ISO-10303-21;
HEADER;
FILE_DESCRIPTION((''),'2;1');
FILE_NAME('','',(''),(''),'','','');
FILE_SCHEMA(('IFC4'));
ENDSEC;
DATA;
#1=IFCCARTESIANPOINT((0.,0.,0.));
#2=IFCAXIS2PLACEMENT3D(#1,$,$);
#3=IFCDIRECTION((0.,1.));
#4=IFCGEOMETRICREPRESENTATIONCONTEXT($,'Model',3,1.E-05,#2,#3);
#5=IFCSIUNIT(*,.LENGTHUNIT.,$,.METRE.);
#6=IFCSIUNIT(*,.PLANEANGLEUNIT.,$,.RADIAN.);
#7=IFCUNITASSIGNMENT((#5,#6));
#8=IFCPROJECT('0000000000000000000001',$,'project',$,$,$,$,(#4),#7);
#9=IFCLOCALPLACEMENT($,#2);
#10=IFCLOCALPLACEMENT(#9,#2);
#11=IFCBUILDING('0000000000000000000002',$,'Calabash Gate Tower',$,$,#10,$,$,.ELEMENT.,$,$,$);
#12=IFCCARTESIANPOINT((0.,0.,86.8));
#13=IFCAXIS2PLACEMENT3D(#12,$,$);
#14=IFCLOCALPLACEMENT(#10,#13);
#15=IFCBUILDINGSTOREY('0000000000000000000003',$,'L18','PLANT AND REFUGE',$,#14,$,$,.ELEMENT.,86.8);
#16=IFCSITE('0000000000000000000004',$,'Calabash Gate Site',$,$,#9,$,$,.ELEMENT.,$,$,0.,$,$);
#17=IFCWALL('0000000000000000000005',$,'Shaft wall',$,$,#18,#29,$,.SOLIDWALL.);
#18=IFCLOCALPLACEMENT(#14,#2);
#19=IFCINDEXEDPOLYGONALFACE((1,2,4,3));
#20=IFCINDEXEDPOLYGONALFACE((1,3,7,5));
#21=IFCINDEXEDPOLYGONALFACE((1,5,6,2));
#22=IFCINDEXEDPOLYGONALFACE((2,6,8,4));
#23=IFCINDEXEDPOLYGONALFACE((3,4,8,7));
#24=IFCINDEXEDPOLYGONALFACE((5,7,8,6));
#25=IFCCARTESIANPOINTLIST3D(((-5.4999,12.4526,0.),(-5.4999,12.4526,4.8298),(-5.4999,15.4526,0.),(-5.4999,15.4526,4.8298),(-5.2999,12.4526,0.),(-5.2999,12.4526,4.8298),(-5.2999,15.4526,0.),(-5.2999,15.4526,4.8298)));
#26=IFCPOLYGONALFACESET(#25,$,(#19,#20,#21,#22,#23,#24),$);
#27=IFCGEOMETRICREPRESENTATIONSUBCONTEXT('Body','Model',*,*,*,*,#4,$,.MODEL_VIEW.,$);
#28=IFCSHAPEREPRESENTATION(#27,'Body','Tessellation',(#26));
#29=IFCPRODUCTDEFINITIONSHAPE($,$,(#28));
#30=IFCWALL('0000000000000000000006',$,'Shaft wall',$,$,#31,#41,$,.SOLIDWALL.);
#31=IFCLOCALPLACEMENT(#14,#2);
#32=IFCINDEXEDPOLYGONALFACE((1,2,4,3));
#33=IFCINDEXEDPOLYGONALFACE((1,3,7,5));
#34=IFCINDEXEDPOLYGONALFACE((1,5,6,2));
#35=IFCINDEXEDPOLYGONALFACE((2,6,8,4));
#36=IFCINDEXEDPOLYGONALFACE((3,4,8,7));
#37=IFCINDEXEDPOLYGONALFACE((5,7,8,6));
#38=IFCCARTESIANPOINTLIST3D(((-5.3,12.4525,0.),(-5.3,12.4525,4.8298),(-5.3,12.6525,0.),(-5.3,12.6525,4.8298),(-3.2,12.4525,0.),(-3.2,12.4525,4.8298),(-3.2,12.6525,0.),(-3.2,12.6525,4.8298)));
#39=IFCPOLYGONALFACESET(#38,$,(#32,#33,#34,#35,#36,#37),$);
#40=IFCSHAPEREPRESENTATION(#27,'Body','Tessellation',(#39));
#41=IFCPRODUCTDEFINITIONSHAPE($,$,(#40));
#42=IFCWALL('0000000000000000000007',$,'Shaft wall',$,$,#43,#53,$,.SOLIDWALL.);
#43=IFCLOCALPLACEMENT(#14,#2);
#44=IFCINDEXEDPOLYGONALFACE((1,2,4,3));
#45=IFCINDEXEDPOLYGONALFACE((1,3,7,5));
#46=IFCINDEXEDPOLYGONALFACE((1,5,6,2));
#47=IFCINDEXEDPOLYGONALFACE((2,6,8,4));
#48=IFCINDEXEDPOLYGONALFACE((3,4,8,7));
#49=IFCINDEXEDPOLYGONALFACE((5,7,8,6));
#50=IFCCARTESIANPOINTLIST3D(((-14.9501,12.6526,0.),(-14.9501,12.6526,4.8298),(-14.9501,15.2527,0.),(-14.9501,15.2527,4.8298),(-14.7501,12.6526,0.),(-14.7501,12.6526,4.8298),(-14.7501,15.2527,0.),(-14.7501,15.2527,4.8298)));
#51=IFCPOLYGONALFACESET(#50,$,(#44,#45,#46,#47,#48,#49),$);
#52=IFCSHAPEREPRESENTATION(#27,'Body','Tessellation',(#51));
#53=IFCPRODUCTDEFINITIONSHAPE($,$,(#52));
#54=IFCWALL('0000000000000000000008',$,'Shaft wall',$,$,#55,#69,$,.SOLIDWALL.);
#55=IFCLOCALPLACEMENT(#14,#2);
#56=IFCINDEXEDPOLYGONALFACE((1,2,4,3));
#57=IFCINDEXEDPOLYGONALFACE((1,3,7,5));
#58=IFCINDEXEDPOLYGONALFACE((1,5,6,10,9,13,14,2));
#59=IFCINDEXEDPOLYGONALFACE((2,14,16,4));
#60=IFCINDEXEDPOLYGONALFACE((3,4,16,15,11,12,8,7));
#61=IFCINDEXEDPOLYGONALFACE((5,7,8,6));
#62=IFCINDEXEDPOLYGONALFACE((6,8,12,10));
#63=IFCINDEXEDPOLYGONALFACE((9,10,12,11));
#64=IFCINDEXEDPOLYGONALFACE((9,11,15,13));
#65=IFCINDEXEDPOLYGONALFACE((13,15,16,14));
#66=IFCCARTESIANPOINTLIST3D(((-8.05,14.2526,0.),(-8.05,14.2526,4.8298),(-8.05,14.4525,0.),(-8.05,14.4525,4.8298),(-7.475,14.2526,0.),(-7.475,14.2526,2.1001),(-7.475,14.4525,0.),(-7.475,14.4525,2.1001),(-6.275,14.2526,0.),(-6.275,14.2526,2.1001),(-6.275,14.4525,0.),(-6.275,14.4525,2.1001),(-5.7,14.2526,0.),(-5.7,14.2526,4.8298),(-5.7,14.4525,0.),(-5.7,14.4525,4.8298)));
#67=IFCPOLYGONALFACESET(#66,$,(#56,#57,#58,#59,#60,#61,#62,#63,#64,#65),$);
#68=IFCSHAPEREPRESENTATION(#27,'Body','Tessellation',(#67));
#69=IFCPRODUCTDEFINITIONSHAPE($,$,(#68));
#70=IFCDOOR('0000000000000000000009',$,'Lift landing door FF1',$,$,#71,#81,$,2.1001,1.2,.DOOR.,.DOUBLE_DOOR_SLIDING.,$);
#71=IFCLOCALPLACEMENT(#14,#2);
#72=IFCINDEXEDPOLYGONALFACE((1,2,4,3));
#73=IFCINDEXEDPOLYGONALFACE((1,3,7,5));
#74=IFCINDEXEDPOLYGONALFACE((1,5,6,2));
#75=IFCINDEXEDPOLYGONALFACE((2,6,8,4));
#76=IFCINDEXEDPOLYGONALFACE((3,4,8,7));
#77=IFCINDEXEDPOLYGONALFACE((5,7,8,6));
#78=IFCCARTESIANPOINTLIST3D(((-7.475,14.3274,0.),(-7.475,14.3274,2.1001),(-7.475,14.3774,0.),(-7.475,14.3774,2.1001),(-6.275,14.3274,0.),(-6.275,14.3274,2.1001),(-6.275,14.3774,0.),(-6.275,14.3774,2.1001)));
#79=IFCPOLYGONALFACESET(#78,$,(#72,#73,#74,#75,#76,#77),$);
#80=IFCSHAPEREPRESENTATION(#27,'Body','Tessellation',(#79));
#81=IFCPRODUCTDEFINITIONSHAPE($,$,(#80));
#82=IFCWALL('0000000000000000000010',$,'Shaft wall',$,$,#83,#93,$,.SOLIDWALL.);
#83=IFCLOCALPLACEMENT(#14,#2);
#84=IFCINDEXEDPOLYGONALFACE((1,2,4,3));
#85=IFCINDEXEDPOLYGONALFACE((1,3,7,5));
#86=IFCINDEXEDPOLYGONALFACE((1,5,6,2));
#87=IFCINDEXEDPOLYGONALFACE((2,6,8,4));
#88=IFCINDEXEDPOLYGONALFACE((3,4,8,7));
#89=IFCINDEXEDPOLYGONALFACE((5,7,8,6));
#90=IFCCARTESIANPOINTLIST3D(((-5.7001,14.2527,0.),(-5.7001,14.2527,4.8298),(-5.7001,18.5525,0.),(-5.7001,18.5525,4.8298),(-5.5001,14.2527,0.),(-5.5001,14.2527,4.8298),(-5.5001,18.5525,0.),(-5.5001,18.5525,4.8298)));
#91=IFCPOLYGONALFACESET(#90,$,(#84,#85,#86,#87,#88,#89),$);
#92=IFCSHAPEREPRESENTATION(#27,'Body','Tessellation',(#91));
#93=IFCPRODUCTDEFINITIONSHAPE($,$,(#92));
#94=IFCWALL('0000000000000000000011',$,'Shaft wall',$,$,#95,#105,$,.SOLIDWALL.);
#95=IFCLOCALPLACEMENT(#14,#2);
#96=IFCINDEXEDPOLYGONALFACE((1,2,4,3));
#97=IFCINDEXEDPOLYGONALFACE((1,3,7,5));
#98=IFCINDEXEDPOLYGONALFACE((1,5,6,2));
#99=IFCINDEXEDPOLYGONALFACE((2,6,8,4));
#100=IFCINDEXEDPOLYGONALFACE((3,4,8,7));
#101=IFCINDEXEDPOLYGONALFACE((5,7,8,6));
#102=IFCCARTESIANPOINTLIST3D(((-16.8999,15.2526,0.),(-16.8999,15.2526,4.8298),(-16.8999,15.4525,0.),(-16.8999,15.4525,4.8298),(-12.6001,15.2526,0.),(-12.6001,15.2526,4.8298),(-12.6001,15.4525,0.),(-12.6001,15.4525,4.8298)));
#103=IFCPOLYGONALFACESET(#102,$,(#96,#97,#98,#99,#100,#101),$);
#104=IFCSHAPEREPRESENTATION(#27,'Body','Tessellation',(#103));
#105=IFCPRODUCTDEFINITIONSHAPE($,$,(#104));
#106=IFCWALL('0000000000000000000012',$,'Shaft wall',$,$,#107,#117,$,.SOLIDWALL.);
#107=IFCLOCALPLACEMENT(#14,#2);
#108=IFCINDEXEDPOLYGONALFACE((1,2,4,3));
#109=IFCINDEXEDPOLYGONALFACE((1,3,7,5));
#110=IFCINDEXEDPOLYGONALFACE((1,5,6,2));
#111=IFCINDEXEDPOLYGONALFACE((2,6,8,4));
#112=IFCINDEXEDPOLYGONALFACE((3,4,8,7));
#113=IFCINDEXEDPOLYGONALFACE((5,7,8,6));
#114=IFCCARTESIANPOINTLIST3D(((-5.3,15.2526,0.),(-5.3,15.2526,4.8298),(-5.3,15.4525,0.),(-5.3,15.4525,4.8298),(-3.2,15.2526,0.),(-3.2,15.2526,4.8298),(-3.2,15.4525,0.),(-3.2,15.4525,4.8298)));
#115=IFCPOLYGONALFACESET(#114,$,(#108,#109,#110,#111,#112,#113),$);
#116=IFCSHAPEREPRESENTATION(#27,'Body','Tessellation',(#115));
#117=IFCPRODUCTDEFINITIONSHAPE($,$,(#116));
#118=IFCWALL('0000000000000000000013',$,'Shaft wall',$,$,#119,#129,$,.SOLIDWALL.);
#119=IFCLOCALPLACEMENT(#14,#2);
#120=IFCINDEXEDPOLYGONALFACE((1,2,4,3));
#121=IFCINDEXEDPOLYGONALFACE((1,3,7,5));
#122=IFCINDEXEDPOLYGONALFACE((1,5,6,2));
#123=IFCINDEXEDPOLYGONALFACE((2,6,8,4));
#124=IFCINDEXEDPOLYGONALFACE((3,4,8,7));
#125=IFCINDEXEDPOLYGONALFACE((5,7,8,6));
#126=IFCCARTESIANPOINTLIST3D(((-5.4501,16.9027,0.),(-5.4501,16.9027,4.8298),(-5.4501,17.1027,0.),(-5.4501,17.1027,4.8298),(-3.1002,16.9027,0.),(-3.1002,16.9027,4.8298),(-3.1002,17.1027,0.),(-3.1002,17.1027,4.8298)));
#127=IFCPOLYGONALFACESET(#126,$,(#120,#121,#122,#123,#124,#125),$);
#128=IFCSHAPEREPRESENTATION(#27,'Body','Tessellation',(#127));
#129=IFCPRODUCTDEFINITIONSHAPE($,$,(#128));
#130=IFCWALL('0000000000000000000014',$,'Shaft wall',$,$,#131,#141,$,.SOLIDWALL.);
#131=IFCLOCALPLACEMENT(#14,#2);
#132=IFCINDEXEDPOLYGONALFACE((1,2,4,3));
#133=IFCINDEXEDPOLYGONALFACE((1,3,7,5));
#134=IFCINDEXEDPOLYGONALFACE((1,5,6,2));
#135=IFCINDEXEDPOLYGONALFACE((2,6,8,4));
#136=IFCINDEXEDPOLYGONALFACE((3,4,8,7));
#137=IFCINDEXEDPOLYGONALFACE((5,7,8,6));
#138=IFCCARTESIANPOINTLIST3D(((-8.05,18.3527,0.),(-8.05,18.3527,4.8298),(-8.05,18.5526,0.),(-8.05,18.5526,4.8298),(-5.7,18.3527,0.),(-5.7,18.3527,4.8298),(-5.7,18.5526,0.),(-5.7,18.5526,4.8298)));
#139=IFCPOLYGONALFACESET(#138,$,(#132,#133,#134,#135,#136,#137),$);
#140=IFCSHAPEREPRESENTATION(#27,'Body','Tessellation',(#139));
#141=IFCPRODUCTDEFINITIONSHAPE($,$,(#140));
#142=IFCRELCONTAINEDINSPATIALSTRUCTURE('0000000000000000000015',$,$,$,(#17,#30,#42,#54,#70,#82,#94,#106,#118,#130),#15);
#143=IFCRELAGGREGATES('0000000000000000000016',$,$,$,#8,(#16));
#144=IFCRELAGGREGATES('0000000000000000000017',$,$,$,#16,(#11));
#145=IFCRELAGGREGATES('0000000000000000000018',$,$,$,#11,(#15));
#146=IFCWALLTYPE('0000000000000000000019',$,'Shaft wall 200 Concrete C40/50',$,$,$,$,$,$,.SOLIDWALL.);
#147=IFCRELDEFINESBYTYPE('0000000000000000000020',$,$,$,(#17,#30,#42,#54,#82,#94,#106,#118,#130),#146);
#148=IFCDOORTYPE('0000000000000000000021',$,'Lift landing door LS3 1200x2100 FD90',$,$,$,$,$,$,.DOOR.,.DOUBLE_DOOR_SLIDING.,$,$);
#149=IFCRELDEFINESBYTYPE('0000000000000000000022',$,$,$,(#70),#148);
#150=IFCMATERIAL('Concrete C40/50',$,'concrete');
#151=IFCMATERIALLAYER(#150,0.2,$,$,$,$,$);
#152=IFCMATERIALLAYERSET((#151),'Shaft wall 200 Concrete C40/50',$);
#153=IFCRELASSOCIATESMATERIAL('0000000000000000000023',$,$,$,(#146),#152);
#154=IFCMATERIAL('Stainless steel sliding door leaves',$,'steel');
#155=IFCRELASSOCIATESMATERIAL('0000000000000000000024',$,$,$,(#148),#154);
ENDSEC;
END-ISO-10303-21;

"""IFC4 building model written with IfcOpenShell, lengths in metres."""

from ifc_helpers import new_model, si_unit, direction, frame, frame_2d, origin, place, context, subcontext, project, spatial, rectangle, extrude, material, layer, layer_set, type_object, element, fill, save


model = new_model("IFC4")

# Units and contexts
model_context = context("Model", 3, precision=1e-05, world=origin(), true_north=direction((0.0, 1.0)))
body_context = subcontext(model_context, "Body", "Model", "MODEL_VIEW")
ifc_project = project(units=[si_unit("LENGTHUNIT", "METRE"), si_unit("PLANEANGLEUNIT", "RADIAN")], contexts=[model_context])

# Site, building, storey
site_placement = place(None, origin())
site = spatial("IfcSite", under=ifc_project, at=site_placement, Name="Calabash Gate Site", CompositionType="ELEMENT", RefElevation=0.0)
building_placement = place(site_placement, origin())
building = spatial("IfcBuilding", under=site, at=building_placement, Name="Calabash Gate Tower", CompositionType="ELEMENT")
storey_placement = place(building_placement, frame((0.0, 0.0, 86.8)))
storey = spatial("IfcBuildingStorey", under=building, at=storey_placement, Name="L18", Description="PLANT AND REFUGE", CompositionType="ELEMENT", Elevation=86.8)

# Shared definitions
ifc_material_1 = material(Name="Concrete C40/50", Category="concrete")
ifc_layer_1 = layer(ifc_material_1, 0.2)
ifc_layer_set_1 = layer_set([ifc_layer_1], Name="Shaft wall 200 Concrete C40/50")
wall_type_1 = type_object("IfcWallType", Name="Shaft wall 200 Concrete C40/50", PredefinedType="SOLIDWALL", material=ifc_layer_set_1)

# Walls
wall_1_placement = place(storey_placement, frame((-5.3999, 12.4526, 0.0), z_axis=(0.0, 0.0, 1.0), x_axis=(0.0, 1.0, 0.0)))
element("IfcWall", 1, at=wall_1_placement, inside=storey, type_object=wall_type_1, Name="Shaft wall", PredefinedType="SOLIDWALL", context=body_context, shape_type="SweptSolid", body=[
    extrude(rectangle(XDim=3.0, YDim=0.2, at=frame_2d((1.5, 0.0))), origin(), (0.0, 0.0, 1.0), 4.8298),
])
wall_2_placement = place(storey_placement, frame((-5.3, 12.5525, 0.0), z_axis=(0.0, 0.0, 1.0), x_axis=(1.0, 0.0, 0.0)))
element("IfcWall", 2, at=wall_2_placement, inside=storey, type_object=wall_type_1, Name="Shaft wall", PredefinedType="SOLIDWALL", context=body_context, shape_type="SweptSolid", body=[
    extrude(rectangle(XDim=2.1001, YDim=0.2, at=frame_2d((1.05, 0.0))), origin(), (0.0, 0.0, 1.0), 4.8298),
])
wall_3_placement = place(storey_placement, frame((-14.8501, 12.6526, 0.0), z_axis=(0.0, 0.0, 1.0), x_axis=(0.0, 1.0, 0.0)))
element("IfcWall", 3, at=wall_3_placement, inside=storey, type_object=wall_type_1, Name="Shaft wall", PredefinedType="SOLIDWALL", context=body_context, shape_type="SweptSolid", body=[
    extrude(rectangle(XDim=2.6001, YDim=0.2, at=frame_2d((1.3, 0.0))), origin(), (0.0, 0.0, 1.0), 4.8298),
])

# Wall, opening, door
wall_4_placement = place(storey_placement, frame((-8.05, 14.3525, 0.0), z_axis=(0.0, 0.0, 1.0), x_axis=(1.0, 0.0, 0.0)))
wall_4 = element("IfcWall", 4, at=wall_4_placement, inside=storey, type_object=wall_type_1, Name="Shaft wall", PredefinedType="SOLIDWALL", context=body_context, shape_type="SweptSolid", body=[
    extrude(rectangle(XDim=2.3501, YDim=0.2, at=frame_2d((1.175, 0.0))), origin(), (0.0, 0.0, 1.0), 4.8298),
])
opening_1_placement = place(wall_4_placement, frame((0.575, 0.0, 0.0)))
opening_1 = element("IfcOpeningElement", 5, at=opening_1_placement, cuts=wall_4, PredefinedType="OPENING", context=body_context, shape_type="SweptSolid", body=[
    extrude(rectangle(XDim=1.2, YDim=2.1001, at=frame_2d((0.6001, 1.05))), frame((0.0, 0.1099, 0.0), z_axis=(0.0, -1.0, 0.0), x_axis=(1.0, 0.0, 0.0)), (0.0, 0.0, 1.0), 0.22),
])
ifc_material_2 = material(Name="Stainless steel sliding door leaves", Category="steel")
door_type_1 = type_object("IfcDoorType", Name="Lift landing door LS3 1200x2100 FD90", OperationType="DOUBLE_DOOR_SLIDING", PredefinedType="DOOR", material=ifc_material_2)
door_1_placement = place(opening_1_placement, origin())
door_1 = element("IfcDoor", 6, at=door_1_placement, inside=storey, type_object=door_type_1, Name="Lift landing door FF1", OperationType="DOUBLE_DOOR_SLIDING", OverallHeight=2.1001, OverallWidth=1.2, PredefinedType="DOOR", context=body_context, shape_type="SweptSolid", body=[
    extrude(rectangle(XDim=1.2, YDim=2.1001, at=frame_2d((0.6001, 1.05))), frame((0.0, 0.0249, 0.0), z_axis=(0.0, -1.0, 0.0), x_axis=(1.0, 0.0, 0.0)), (0.0, 0.0, 1.0), 0.05),
])
fill(opening_1, door_1)

# Walls
for number, where, z_axis, x_axis, name in (
    (7, (-5.6001, 14.2527, 0.0), (0.0, 0.0, 1.0), (0.0, 1.0, 0.0), "Shaft wall"),
    (8, (-16.8999, 15.3525, 0.0), (0.0, 0.0, 1.0), (1.0, 0.0, 0.0), "Shaft wall"),
):
    element("IfcWall", number, at=place(storey_placement, frame(where, z_axis=z_axis, x_axis=x_axis)), inside=storey, type_object=wall_type_1, Name=name, PredefinedType="SOLIDWALL", context=body_context, shape_type="SweptSolid", body=[
        extrude(rectangle(XDim=4.2998, YDim=0.2, at=frame_2d((2.1499, 0.0))), origin(), (0.0, 0.0, 1.0), 4.8298),
    ])
wall_5_placement = place(storey_placement, frame((-5.3, 15.3525, 0.0), z_axis=(0.0, 0.0, 1.0), x_axis=(1.0, 0.0, 0.0)))
element("IfcWall", 9, at=wall_5_placement, inside=storey, type_object=wall_type_1, Name="Shaft wall", PredefinedType="SOLIDWALL", context=body_context, shape_type="SweptSolid", body=[
    extrude(rectangle(XDim=2.1001, YDim=0.2, at=frame_2d((1.05, 0.0))), origin(), (0.0, 0.0, 1.0), 4.8298),
])
wall_6_placement = place(storey_placement, frame((-5.45, 17.0027, 0.0), z_axis=(0.0, 0.0, 1.0), x_axis=(1.0, 0.0, 0.0)))
element("IfcWall", 10, at=wall_6_placement, inside=storey, type_object=wall_type_1, Name="Shaft wall", PredefinedType="SOLIDWALL", context=body_context, shape_type="SweptSolid", body=[
    extrude(rectangle(XDim=2.3499, YDim=0.2, at=frame_2d((1.1748, 0.0))), origin(), (0.0, 0.0, 1.0), 4.8298),
])
wall_7_placement = place(storey_placement, frame((-8.05, 18.4526, 0.0), z_axis=(0.0, 0.0, 1.0), x_axis=(1.0, 0.0, 0.0)))
element("IfcWall", 11, at=wall_7_placement, inside=storey, type_object=wall_type_1, Name="Shaft wall", PredefinedType="SOLIDWALL", context=body_context, shape_type="SweptSolid", body=[
    extrude(rectangle(XDim=2.3501, YDim=0.2, at=frame_2d((1.175, 0.0))), origin(), (0.0, 0.0, 1.0), 4.8298),
])

save(model, "model.ifc")
